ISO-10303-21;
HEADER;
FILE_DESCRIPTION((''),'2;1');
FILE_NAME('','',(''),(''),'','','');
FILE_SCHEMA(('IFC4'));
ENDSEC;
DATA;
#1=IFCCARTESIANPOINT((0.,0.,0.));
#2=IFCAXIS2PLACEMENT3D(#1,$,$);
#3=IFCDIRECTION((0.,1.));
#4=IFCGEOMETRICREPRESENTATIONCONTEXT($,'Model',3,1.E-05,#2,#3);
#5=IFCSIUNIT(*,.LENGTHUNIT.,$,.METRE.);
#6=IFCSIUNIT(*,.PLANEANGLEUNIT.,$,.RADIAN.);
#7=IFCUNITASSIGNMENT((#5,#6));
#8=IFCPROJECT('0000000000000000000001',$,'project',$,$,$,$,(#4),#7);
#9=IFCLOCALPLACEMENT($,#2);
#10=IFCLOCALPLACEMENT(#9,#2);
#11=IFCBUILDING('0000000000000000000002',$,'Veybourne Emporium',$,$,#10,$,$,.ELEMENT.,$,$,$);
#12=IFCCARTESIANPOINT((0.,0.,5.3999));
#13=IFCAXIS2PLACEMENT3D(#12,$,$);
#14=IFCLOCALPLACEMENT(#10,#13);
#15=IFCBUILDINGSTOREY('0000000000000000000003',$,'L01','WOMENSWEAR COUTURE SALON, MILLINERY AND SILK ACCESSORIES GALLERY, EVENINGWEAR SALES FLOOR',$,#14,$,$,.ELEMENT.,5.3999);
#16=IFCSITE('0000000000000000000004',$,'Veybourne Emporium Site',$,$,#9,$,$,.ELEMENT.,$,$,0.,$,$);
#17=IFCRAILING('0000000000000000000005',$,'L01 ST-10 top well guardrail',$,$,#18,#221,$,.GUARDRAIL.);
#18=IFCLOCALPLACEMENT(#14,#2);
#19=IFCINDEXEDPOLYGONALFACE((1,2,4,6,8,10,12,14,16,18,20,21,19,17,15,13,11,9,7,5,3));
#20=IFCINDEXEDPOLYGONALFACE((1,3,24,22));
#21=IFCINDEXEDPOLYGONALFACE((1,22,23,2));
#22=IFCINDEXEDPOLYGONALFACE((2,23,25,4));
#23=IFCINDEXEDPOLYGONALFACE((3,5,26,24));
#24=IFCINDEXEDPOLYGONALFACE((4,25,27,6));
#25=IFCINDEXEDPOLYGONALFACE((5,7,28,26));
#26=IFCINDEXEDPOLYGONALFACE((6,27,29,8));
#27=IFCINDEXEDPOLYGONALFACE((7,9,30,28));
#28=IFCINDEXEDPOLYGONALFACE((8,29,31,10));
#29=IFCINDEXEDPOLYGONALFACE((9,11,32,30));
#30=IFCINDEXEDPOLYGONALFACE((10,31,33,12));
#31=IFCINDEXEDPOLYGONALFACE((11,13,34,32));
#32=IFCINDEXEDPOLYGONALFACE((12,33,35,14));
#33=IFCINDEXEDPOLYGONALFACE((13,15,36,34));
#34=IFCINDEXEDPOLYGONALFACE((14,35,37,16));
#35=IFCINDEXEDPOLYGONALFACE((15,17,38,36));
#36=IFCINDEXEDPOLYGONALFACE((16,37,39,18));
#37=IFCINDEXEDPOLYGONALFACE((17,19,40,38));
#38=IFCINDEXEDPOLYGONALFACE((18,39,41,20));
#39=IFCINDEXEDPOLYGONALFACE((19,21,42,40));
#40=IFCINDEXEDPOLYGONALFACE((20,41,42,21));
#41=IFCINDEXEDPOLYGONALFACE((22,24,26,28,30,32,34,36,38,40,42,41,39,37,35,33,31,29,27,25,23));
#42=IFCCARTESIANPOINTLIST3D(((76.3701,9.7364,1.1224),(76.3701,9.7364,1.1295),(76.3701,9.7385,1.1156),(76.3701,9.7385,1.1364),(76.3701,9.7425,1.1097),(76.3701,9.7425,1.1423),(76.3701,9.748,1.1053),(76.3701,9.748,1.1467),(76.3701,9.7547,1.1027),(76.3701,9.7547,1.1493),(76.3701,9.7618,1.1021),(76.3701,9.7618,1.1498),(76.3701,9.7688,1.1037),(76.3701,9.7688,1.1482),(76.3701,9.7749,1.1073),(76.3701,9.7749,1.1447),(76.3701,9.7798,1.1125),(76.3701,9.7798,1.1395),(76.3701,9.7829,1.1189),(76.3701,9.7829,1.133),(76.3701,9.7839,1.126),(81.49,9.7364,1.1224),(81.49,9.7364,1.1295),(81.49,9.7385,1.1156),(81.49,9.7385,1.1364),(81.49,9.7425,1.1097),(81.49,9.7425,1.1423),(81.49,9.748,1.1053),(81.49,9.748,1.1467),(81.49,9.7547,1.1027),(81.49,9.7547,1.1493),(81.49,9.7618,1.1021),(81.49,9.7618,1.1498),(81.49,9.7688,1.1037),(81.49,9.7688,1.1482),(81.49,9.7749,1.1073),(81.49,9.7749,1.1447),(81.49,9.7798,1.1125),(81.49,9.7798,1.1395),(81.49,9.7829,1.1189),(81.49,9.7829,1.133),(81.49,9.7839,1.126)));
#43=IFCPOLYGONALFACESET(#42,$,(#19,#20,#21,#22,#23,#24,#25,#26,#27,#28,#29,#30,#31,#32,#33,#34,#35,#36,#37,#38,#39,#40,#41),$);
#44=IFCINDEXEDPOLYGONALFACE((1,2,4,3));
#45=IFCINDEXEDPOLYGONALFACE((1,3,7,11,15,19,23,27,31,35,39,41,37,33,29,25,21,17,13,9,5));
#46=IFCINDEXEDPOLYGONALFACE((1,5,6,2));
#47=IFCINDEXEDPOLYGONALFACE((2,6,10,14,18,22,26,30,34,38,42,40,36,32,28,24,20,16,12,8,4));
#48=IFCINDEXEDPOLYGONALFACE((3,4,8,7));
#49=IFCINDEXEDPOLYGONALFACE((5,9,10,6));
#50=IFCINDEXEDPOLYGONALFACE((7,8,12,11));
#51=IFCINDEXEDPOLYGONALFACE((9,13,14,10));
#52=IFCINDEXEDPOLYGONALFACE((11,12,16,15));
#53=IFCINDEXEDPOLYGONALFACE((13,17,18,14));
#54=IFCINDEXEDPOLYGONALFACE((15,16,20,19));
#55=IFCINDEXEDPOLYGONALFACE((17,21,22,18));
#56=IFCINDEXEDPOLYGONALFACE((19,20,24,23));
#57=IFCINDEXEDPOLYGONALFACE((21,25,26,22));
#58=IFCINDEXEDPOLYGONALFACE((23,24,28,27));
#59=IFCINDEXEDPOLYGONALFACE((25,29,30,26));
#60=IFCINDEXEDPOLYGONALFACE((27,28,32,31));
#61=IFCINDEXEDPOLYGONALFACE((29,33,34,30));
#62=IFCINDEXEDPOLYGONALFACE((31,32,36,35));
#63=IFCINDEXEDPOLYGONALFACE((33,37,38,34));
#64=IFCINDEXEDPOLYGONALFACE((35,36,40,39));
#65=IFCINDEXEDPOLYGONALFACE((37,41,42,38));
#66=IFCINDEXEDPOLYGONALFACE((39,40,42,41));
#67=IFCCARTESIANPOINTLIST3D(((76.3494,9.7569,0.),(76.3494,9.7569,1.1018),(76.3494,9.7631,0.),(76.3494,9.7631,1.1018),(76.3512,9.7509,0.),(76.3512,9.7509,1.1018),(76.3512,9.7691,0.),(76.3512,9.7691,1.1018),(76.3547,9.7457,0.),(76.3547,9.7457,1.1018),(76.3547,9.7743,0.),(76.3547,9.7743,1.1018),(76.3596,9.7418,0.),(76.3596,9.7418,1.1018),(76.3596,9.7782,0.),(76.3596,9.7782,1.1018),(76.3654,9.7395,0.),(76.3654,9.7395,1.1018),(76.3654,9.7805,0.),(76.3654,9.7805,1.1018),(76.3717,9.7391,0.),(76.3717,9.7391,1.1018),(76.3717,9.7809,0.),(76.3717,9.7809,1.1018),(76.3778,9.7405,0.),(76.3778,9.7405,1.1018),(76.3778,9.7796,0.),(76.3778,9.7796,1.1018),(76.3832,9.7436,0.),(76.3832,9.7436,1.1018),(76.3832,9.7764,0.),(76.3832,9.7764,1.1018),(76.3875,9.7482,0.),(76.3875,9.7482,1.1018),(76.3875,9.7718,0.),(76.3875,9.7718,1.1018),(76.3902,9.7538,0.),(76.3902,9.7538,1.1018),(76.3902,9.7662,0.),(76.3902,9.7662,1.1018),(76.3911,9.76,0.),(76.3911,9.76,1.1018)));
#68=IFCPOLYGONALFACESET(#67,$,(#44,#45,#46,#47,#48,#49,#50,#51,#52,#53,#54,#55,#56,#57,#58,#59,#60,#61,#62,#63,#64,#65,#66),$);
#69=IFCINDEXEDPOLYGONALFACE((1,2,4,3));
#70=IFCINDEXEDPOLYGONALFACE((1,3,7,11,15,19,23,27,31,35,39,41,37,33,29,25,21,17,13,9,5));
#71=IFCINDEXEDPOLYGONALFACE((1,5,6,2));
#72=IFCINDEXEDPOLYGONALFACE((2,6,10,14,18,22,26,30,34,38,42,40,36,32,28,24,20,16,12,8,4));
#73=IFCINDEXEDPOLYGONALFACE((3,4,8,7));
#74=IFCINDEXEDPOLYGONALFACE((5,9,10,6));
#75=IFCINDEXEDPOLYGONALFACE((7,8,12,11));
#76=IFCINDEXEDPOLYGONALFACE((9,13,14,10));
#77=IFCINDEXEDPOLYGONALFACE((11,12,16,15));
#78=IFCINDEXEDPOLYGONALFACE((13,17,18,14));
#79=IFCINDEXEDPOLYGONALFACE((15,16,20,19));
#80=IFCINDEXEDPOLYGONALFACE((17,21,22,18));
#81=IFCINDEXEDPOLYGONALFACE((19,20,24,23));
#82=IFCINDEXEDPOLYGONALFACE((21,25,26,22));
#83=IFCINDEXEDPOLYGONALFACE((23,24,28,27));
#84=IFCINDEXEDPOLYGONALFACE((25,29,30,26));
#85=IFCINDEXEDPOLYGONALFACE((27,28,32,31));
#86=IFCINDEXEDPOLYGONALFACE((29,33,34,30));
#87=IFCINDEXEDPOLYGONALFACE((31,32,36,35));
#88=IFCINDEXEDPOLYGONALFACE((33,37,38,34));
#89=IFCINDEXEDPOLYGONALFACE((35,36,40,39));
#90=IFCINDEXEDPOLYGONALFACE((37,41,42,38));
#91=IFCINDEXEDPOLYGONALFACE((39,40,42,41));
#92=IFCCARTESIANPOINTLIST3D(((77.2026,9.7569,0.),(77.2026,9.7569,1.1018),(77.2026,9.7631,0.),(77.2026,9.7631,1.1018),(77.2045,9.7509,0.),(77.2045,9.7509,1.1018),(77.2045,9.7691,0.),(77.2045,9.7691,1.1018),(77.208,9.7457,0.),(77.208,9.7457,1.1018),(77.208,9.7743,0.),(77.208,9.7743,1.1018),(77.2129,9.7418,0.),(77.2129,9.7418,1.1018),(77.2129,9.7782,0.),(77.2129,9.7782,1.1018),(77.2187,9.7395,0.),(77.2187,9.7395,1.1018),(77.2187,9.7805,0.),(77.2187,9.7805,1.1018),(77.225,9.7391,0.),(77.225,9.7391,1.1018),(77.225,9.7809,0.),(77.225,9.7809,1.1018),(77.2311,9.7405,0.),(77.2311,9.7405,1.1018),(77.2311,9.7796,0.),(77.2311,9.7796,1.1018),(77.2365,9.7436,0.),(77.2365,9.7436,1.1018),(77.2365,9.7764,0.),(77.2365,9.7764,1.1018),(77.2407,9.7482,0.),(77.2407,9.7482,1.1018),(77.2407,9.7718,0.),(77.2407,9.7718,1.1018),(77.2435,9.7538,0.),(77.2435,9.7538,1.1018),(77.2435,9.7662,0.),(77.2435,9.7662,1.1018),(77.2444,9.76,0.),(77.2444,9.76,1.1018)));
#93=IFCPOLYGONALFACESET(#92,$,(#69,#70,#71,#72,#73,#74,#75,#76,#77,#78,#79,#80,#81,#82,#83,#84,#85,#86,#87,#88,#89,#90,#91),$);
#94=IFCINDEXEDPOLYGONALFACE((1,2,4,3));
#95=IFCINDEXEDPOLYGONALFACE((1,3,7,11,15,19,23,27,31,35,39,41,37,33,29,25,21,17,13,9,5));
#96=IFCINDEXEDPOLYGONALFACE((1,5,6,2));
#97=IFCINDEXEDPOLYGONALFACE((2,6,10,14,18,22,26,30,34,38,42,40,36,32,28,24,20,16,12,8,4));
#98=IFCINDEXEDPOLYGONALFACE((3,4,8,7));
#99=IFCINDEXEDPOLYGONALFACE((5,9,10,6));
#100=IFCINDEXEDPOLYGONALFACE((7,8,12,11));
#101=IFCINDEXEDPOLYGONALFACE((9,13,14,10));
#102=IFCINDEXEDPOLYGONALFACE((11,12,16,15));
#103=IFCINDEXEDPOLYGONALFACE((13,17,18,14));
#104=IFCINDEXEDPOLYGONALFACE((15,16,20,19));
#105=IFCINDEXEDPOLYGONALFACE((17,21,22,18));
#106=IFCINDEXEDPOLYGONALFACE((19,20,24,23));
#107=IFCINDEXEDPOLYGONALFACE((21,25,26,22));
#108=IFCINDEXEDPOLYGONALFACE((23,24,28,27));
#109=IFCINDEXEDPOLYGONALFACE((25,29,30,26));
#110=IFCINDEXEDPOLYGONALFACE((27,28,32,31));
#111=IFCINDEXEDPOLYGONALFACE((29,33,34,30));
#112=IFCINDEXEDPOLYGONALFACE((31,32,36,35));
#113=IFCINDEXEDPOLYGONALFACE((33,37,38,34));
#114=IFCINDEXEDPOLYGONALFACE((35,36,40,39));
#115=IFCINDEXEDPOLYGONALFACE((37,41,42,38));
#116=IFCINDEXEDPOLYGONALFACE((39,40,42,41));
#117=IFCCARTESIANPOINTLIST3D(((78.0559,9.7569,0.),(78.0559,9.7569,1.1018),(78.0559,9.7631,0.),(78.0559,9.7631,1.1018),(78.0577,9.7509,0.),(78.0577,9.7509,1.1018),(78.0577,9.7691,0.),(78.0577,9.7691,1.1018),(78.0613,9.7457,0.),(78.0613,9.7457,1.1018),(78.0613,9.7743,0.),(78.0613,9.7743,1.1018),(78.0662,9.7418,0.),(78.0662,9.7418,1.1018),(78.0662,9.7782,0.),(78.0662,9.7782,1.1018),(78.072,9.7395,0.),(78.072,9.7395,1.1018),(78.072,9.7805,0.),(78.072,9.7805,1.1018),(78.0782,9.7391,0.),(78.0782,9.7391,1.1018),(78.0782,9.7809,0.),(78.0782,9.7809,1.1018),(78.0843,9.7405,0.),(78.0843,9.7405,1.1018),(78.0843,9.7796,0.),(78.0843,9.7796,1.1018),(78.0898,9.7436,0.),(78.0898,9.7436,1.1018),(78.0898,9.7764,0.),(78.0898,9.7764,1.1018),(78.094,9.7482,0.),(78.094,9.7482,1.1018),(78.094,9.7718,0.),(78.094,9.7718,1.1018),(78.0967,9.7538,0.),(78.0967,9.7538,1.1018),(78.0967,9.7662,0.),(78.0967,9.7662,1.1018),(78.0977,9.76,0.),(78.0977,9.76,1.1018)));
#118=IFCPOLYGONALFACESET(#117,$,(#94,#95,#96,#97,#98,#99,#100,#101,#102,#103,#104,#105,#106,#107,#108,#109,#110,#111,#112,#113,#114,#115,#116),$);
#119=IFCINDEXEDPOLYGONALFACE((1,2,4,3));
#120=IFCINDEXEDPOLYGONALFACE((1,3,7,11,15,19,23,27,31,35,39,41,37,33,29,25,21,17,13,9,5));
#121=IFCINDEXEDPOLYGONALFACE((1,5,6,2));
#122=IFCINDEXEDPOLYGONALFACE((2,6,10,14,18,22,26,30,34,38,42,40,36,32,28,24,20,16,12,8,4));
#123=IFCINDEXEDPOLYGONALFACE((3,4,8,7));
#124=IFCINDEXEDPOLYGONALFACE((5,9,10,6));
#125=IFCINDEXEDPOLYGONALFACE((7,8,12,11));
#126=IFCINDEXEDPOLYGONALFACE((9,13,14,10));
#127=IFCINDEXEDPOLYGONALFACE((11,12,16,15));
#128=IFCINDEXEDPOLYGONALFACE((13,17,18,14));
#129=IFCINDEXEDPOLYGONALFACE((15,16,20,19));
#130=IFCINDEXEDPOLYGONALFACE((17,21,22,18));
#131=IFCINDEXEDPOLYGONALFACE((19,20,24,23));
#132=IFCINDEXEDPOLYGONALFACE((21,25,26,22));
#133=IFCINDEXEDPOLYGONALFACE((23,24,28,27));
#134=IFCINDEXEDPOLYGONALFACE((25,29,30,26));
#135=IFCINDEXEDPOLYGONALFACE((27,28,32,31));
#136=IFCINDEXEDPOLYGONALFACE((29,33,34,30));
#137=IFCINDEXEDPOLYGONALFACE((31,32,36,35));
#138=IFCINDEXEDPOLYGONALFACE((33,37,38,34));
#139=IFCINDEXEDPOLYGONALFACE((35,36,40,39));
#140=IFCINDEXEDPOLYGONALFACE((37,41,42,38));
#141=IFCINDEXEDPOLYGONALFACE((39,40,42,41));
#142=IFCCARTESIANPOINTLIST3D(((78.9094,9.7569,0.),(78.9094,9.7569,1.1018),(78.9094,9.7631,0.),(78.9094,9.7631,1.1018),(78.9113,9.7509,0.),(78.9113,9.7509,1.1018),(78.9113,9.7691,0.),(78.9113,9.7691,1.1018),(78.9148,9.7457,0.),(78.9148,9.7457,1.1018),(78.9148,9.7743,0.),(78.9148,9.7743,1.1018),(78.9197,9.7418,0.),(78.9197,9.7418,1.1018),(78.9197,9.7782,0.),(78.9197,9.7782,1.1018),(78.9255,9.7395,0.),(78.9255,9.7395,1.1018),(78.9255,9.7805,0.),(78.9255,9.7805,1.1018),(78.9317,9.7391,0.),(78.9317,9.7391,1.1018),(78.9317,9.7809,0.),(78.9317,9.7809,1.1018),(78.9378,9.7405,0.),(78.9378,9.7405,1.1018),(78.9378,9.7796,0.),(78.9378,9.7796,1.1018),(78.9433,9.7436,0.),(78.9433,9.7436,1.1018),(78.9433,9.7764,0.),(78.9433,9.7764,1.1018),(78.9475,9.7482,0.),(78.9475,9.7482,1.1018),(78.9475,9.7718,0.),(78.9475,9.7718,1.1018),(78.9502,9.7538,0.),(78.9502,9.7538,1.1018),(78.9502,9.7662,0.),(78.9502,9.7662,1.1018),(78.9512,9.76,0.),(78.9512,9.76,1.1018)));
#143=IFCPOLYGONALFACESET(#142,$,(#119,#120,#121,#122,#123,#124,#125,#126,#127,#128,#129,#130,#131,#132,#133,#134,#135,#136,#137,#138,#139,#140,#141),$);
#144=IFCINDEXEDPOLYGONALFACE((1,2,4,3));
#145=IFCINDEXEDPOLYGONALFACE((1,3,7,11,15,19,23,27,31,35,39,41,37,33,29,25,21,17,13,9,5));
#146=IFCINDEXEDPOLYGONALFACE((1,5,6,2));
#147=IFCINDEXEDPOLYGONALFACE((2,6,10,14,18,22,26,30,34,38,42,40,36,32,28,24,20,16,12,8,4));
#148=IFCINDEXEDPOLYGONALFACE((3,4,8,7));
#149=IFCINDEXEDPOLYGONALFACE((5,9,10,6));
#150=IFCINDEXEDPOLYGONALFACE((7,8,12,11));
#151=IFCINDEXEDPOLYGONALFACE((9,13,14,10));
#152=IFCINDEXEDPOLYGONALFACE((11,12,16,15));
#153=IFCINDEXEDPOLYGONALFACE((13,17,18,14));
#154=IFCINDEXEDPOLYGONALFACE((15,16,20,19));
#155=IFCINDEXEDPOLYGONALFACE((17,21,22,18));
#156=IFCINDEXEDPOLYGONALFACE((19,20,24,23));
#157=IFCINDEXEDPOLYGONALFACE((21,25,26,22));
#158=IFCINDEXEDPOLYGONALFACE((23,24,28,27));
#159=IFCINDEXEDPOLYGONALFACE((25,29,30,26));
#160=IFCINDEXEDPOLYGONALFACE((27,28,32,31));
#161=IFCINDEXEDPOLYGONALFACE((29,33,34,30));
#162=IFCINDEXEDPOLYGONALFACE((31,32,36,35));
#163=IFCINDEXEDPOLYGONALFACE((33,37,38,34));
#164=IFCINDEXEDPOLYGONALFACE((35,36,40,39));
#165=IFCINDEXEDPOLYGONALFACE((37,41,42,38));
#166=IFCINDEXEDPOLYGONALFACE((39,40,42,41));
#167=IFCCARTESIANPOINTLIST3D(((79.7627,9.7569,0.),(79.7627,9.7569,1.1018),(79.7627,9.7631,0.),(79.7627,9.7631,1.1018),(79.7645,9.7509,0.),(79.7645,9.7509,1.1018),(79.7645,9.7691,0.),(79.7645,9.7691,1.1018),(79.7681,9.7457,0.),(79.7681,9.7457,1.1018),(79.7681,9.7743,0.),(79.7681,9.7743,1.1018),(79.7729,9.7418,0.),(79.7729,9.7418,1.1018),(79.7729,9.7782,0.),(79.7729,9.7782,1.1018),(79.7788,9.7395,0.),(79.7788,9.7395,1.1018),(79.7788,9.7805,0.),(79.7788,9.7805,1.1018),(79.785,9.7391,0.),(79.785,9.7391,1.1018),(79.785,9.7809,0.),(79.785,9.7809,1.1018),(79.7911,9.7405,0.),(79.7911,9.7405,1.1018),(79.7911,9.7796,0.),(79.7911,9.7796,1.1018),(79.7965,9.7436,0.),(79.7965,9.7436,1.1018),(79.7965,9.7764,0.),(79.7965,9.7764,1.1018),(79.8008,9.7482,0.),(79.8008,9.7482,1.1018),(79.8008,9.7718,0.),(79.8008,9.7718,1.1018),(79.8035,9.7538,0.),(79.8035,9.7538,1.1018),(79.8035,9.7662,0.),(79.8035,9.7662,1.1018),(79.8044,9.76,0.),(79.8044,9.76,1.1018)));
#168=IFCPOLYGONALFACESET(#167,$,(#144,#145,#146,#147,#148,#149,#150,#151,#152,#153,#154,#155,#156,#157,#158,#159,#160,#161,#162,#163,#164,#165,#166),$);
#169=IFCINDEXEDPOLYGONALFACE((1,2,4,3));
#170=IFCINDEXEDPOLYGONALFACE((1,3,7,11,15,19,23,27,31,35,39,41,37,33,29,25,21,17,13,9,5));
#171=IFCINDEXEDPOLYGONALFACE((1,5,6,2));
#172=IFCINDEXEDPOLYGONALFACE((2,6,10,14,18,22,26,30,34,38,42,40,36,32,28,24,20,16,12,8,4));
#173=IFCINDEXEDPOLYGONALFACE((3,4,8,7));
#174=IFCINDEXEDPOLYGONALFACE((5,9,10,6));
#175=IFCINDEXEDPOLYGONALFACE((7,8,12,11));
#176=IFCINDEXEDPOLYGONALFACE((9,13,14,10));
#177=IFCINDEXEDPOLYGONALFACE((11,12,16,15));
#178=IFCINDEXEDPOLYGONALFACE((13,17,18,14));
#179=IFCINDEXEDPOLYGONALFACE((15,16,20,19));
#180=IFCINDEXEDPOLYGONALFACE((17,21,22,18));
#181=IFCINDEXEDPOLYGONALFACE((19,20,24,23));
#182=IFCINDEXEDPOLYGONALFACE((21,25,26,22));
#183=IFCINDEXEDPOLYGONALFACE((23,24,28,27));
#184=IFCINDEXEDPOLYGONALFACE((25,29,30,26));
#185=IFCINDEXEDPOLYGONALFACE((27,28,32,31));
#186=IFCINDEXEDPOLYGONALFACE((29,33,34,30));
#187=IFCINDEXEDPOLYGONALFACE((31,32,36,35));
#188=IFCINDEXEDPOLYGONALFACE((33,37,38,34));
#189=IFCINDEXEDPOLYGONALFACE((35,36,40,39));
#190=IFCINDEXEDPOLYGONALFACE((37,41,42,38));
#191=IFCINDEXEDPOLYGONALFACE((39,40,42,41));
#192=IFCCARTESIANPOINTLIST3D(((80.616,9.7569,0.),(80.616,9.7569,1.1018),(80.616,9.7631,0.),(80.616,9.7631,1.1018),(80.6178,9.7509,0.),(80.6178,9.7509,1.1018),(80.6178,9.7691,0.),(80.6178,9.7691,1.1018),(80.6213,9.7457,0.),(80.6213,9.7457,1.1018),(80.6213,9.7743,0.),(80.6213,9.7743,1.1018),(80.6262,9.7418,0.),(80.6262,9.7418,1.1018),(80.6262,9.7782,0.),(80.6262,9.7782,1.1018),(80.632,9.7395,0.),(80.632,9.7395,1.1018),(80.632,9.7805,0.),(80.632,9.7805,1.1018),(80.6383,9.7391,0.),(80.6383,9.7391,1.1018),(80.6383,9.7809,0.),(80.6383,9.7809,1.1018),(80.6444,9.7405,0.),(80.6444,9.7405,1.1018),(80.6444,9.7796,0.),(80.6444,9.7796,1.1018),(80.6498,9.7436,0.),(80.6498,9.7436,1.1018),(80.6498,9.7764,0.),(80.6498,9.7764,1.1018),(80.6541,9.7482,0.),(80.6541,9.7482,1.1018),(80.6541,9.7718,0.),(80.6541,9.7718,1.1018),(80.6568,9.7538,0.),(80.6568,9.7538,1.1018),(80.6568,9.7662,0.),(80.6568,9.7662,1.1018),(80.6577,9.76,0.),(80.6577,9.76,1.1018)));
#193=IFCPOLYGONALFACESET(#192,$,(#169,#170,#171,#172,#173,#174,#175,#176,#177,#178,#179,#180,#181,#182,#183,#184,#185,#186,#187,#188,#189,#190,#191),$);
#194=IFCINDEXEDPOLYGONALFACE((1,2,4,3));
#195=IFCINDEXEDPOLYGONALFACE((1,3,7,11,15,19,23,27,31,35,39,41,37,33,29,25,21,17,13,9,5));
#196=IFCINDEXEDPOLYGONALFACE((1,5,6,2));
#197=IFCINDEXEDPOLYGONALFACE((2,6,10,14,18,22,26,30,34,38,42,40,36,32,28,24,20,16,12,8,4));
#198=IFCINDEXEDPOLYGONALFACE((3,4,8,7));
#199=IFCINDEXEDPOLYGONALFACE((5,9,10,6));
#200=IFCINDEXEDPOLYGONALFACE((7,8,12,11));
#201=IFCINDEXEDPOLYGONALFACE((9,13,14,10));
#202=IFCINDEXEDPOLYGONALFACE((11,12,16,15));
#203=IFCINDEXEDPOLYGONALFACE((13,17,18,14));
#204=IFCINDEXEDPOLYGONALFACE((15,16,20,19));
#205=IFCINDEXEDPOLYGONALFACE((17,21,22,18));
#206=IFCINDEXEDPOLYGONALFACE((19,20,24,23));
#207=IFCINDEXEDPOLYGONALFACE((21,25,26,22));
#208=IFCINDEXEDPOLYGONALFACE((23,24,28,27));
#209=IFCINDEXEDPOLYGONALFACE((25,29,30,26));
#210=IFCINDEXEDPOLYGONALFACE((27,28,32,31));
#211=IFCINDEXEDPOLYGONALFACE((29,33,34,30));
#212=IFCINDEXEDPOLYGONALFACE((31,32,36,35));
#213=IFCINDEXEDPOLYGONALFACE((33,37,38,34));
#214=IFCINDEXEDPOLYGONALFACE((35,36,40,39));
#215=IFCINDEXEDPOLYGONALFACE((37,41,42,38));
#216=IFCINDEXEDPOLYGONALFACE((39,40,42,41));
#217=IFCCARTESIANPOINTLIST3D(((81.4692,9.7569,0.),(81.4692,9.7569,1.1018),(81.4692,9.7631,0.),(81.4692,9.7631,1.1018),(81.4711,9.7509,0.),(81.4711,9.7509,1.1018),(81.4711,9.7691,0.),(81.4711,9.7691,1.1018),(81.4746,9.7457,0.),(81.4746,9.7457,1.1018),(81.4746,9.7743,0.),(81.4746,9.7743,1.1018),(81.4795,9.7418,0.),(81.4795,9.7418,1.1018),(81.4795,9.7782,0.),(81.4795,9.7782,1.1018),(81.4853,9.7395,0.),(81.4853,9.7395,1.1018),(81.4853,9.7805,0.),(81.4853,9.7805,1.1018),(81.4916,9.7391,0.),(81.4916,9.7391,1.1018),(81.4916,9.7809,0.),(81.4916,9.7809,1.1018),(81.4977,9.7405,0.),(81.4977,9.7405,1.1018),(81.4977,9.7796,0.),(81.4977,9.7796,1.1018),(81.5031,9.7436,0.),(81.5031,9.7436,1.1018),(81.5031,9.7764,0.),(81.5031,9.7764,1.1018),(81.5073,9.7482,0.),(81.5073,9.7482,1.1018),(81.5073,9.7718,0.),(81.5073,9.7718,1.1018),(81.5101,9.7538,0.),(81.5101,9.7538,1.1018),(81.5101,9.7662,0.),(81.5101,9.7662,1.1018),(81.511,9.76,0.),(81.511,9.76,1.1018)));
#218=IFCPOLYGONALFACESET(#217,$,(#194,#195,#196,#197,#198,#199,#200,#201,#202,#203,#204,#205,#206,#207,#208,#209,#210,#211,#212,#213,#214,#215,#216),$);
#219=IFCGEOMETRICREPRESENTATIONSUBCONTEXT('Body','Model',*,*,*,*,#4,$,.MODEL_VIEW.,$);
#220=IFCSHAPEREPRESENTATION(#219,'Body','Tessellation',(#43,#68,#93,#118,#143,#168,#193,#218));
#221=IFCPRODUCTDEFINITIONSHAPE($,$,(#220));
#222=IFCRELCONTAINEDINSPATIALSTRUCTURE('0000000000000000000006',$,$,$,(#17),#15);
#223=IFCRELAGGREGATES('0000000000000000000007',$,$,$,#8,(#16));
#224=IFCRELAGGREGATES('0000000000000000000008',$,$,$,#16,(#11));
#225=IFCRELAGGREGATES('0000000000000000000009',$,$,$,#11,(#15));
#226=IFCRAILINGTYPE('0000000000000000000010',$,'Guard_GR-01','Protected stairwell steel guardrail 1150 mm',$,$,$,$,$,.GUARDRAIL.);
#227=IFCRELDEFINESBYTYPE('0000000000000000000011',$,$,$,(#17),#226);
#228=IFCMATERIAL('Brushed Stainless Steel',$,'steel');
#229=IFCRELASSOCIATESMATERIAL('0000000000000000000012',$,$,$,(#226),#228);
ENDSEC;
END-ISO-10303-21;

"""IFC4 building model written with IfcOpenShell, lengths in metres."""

from ifc_helpers import new_model, si_unit, direction, frame, origin, origin_2d, place, context, subcontext, project, spatial, circle, extrude, material, type_object, element, save


model = new_model("IFC4")

# Units and contexts
model_context = context("Model", 3, precision=1e-05, world=origin(), true_north=direction((0.0, 1.0)))
body_context = subcontext(model_context, "Body", "Model", "MODEL_VIEW")
ifc_project = project(units=[si_unit("LENGTHUNIT", "METRE"), si_unit("PLANEANGLEUNIT", "RADIAN")], contexts=[model_context])

# Site, building, storey
site_placement = place(None, origin())
site = spatial("IfcSite", under=ifc_project, at=site_placement, Name="Veybourne Emporium Site", CompositionType="ELEMENT", RefElevation=0.0)
building_placement = place(site_placement, origin())
building = spatial("IfcBuilding", under=site, at=building_placement, Name="Veybourne Emporium", CompositionType="ELEMENT")
storey_placement = place(building_placement, frame((0.0, 0.0, 5.3999)))
storey = spatial("IfcBuildingStorey", under=building, at=storey_placement, Name="L01", Description="WOMENSWEAR COUTURE SALON, MILLINERY AND SILK ACCESSORIES GALLERY, EVENINGWEAR SALES FLOOR", CompositionType="ELEMENT", Elevation=5.3999)

# Railing
ifc_material_1 = material(Name="Brushed Stainless Steel", Category="steel")
railing_type = type_object("IfcRailingType", Name="Guard_GR-01", Description="Protected stairwell steel guardrail 1150 mm", PredefinedType="GUARDRAIL", material=ifc_material_1)
railing_placement = place(storey_placement, frame((76.3701, 9.76, 0.0)))
element("IfcRailing", 1, at=railing_placement, inside=storey, type_object=railing_type, Name="L01 ST-10 top well guardrail", PredefinedType="GUARDRAIL", context=body_context, shape_type="SweptSolid", body=[
    extrude(circle(Radius=0.0239, at=origin_2d()), frame((0.0, 0.0, 1.126), z_axis=(1.0, 0.0, 0.0), x_axis=(0.0, 1.0, 0.0)), (0.0, 0.0, 1.0), 5.1199),
    extrude(circle(Radius=0.021, at=origin_2d()), origin(), (0.0, 0.0, 1.0), 1.1018),
    extrude(circle(Radius=0.021, at=origin_2d()), frame((0.8533, 0.0, 0.0)), (0.0, 0.0, 1.0), 1.1018),
    extrude(circle(Radius=0.021, at=origin_2d()), frame((1.7065, 0.0, 0.0)), (0.0, 0.0, 1.0), 1.1018),
    extrude(circle(Radius=0.021, at=origin_2d()), frame((2.5601, 0.0, 0.0)), (0.0, 0.0, 1.0), 1.1018),
    extrude(circle(Radius=0.021, at=origin_2d()), frame((3.4133, 0.0, 0.0)), (0.0, 0.0, 1.0), 1.1018),
    extrude(circle(Radius=0.021, at=origin_2d()), frame((4.2666, 0.0, 0.0)), (0.0, 0.0, 1.0), 1.1018),
    extrude(circle(Radius=0.021, at=origin_2d()), frame((5.1199, 0.0, 0.0)), (0.0, 0.0, 1.0), 1.1018),
])

save(model, "model.ifc")
